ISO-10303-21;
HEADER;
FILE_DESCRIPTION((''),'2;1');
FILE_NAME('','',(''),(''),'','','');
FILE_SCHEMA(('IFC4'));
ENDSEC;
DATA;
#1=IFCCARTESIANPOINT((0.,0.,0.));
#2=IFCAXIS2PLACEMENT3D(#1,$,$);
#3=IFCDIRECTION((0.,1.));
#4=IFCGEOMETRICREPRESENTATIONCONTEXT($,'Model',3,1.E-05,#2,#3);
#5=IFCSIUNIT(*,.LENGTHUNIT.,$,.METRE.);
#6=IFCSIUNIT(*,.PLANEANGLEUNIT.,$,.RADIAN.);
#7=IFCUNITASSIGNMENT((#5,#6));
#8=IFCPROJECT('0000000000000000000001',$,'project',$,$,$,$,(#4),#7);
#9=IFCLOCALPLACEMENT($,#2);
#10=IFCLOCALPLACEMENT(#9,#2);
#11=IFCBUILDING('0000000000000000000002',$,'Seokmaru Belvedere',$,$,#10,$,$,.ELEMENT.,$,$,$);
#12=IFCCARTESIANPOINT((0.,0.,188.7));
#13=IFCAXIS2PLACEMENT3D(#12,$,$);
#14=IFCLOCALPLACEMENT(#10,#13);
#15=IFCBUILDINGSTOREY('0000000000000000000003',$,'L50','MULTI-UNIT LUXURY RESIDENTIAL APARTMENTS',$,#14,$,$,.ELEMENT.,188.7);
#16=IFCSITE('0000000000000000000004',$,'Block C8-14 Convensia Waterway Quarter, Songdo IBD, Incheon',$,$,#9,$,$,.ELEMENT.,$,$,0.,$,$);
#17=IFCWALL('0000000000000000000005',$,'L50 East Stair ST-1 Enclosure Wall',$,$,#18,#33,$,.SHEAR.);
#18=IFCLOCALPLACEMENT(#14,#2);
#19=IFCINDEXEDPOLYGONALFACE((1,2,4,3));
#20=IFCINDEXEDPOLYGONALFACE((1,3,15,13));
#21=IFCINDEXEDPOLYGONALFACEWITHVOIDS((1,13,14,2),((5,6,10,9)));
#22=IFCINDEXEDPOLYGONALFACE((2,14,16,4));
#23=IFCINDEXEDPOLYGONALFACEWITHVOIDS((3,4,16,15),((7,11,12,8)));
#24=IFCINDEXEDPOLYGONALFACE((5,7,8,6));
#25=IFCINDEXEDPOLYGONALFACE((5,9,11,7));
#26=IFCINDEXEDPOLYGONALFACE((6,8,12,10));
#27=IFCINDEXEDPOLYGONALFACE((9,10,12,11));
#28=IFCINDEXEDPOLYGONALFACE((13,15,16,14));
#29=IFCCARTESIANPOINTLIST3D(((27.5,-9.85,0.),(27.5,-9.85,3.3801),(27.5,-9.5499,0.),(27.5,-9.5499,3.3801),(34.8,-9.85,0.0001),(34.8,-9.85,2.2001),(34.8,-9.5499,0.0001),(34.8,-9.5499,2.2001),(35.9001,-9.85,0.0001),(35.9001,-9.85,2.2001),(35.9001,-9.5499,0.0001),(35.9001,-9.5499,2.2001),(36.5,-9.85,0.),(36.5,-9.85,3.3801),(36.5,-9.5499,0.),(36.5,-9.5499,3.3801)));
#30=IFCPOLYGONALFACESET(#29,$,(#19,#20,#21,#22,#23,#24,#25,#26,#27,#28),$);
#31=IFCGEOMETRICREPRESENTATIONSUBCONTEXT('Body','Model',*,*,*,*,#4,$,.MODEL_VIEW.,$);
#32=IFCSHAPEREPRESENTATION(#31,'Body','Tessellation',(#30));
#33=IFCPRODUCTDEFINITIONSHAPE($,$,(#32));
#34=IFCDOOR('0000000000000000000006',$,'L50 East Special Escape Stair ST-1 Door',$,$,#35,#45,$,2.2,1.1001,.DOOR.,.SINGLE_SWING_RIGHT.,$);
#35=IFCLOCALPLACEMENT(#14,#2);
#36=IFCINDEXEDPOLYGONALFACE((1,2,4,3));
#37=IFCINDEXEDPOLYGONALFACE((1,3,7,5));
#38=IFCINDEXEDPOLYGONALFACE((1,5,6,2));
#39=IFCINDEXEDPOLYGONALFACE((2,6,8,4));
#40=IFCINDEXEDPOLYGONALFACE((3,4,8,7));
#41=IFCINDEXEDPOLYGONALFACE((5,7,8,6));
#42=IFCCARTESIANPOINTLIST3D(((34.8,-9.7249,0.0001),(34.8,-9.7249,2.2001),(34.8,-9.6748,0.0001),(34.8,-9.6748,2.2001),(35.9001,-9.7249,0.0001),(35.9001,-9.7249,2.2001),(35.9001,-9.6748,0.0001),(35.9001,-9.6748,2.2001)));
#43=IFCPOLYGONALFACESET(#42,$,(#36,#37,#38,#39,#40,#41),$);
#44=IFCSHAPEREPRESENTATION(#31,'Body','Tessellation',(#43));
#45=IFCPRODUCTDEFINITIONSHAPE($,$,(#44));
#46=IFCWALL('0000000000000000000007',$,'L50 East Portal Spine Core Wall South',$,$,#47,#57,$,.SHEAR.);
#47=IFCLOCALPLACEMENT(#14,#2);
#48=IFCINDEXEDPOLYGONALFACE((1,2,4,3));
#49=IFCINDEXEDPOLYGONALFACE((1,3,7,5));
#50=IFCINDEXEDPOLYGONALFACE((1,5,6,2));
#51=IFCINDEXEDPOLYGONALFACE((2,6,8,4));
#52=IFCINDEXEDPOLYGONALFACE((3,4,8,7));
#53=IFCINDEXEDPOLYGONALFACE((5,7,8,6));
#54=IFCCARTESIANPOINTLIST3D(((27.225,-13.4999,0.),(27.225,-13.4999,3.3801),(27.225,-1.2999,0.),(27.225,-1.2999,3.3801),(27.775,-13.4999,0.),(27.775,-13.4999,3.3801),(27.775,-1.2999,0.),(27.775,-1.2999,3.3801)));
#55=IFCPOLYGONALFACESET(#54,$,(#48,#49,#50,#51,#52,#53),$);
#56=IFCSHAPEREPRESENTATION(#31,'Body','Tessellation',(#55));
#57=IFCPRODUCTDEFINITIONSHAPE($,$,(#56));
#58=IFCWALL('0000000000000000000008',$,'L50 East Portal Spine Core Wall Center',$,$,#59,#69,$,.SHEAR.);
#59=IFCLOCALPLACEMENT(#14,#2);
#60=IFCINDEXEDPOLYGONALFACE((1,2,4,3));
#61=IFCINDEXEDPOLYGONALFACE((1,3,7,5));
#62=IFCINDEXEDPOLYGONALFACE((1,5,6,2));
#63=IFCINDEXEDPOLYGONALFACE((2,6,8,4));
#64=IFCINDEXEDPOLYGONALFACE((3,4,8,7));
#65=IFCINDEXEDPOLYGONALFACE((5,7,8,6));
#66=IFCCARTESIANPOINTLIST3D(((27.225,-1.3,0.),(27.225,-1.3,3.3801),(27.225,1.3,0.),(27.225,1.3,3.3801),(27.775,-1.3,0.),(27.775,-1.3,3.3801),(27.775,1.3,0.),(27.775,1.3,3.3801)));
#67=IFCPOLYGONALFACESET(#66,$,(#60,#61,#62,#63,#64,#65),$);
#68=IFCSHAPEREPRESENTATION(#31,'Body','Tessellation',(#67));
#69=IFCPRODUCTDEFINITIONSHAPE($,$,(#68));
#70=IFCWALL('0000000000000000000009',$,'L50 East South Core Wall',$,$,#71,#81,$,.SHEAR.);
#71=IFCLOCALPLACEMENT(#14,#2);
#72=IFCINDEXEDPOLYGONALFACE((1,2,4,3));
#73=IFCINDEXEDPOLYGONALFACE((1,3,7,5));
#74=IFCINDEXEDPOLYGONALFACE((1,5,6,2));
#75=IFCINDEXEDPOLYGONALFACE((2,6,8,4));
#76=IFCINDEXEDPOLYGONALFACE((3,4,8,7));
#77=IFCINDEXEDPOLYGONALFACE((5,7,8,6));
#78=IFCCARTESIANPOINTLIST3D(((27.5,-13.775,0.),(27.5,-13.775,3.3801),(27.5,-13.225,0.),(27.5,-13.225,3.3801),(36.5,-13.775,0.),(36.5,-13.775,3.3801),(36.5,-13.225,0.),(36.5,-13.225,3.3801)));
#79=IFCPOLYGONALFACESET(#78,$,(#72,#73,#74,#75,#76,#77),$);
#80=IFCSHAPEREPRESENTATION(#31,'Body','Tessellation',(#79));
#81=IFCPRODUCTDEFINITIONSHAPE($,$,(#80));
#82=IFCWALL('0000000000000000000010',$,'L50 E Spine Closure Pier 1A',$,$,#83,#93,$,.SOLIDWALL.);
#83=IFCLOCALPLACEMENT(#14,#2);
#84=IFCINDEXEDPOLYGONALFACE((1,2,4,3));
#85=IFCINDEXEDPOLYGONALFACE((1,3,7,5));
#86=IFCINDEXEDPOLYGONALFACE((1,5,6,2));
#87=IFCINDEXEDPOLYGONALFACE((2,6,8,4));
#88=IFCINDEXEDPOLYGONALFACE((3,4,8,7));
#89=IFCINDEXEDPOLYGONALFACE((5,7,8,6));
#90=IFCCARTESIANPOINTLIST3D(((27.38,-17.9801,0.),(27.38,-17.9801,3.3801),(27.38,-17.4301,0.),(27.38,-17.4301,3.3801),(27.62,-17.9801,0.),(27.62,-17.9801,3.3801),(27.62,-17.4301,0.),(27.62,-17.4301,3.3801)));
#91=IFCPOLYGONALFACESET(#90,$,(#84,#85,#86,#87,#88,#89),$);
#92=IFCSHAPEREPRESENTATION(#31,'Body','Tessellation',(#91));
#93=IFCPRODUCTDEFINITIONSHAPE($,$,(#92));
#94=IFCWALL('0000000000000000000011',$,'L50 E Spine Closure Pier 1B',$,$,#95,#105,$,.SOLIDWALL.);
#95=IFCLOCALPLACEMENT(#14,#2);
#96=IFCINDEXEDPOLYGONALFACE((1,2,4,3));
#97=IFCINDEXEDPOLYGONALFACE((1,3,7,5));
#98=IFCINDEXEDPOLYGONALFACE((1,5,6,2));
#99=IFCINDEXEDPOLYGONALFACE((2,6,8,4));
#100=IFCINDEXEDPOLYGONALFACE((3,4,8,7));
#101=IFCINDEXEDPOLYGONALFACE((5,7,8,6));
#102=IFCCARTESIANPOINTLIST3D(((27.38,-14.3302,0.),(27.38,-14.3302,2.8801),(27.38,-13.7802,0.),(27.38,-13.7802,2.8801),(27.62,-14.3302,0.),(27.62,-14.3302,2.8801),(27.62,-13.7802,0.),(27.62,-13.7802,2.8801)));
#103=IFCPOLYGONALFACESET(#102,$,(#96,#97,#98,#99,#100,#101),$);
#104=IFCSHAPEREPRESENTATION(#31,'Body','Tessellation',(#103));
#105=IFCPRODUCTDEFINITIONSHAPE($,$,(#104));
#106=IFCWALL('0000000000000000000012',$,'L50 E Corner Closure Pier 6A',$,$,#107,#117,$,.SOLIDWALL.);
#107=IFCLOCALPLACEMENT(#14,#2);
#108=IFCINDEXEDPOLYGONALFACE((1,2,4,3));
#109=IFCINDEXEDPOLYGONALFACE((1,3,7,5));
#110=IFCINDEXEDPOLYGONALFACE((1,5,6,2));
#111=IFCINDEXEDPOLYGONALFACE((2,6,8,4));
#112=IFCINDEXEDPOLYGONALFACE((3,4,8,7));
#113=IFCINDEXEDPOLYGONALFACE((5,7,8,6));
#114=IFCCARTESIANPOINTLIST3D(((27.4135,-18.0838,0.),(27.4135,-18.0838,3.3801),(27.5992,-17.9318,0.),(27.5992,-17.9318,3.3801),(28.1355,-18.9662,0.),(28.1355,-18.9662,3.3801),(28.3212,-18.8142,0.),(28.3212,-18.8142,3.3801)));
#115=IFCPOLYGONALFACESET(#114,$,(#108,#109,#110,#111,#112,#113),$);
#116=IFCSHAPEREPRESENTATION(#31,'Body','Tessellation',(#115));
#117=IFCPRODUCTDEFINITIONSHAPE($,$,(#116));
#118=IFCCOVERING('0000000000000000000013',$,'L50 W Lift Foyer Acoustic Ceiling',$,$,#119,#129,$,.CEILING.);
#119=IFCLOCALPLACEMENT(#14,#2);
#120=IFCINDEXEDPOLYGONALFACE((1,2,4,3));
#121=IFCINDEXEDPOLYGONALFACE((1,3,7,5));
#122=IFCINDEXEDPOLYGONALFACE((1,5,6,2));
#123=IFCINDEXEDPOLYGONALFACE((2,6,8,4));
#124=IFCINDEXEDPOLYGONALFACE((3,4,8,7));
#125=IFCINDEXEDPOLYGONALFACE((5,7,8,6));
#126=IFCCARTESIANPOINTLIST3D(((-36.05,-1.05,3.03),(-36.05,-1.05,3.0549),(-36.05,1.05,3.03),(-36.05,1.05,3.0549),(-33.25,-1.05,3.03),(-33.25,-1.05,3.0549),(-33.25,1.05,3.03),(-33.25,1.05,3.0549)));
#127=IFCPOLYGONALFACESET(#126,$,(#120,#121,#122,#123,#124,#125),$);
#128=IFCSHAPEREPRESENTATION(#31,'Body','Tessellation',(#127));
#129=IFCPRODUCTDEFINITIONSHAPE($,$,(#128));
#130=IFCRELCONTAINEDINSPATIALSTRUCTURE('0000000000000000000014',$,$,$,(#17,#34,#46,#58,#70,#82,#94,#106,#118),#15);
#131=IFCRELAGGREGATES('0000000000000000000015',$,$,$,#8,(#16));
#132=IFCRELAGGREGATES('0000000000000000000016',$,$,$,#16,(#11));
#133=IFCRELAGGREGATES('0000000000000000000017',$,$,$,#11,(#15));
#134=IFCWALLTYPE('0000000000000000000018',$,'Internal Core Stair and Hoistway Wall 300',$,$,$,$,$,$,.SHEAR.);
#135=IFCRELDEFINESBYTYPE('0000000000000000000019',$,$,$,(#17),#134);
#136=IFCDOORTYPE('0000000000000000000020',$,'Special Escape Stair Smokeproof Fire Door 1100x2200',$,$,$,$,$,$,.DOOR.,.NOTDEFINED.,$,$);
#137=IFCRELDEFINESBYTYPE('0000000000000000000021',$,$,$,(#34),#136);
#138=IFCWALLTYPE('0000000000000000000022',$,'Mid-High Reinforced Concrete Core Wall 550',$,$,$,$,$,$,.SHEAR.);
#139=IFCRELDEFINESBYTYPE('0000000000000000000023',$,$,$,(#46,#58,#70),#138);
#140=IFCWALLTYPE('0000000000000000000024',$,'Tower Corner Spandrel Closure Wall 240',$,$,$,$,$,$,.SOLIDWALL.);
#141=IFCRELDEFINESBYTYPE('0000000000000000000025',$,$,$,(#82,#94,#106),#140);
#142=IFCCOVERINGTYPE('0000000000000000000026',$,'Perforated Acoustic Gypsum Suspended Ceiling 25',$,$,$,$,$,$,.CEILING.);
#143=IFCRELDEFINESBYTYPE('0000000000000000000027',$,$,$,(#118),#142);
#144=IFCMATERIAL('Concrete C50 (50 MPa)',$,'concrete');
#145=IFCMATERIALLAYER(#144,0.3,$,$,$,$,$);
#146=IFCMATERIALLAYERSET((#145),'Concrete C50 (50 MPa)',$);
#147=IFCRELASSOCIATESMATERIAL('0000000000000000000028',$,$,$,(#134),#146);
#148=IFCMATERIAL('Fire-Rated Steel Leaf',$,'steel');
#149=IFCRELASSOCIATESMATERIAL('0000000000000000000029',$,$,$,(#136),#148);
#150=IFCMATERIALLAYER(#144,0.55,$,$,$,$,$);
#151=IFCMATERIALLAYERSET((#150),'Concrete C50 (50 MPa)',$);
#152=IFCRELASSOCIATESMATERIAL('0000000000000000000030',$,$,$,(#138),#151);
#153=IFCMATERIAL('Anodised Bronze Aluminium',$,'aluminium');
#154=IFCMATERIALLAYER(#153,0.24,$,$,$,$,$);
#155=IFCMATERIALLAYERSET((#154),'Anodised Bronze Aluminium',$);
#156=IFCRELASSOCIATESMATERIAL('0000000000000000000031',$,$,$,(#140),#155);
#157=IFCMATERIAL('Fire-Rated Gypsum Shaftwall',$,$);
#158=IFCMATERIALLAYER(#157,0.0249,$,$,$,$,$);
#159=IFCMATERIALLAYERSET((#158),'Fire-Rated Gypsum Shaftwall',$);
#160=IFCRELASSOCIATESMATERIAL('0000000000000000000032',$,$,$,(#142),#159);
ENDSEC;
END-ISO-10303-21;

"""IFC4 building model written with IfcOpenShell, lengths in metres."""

from ifc_helpers import new_model, si_unit, direction, frame, frame_2d, origin, place, context, subcontext, project, spatial, polyline, rectangle, outline, extrude, source, transform, mapped, material, layer, layer_set, type_object, type_shapes, element, fill, save


model = new_model("IFC4")

# Units and contexts
model_context = context("Model", 3, precision=1e-05, world=origin(), true_north=direction((0.0, 1.0)))
body_context = subcontext(model_context, "Body", "Model", "MODEL_VIEW")
ifc_project = project(units=[si_unit("LENGTHUNIT", "METRE"), si_unit("PLANEANGLEUNIT", "RADIAN")], contexts=[model_context])

# Site, building, storey
site_placement = place(None, origin())
site = spatial("IfcSite", under=ifc_project, at=site_placement, Name="Block C8-14 Convensia Waterway Quarter, Songdo IBD, Incheon", CompositionType="ELEMENT", RefElevation=0.0)
building_placement = place(site_placement, origin())
building = spatial("IfcBuilding", under=site, at=building_placement, Name="Seokmaru Belvedere", CompositionType="ELEMENT")
storey_placement = place(building_placement, frame((0.0, 0.0, 188.7)))
storey = spatial("IfcBuildingStorey", under=building, at=storey_placement, Name="L50", Description="MULTI-UNIT LUXURY RESIDENTIAL APARTMENTS", CompositionType="ELEMENT", Elevation=188.7)

# Shared definitions
ifc_material_1 = material(Name="Anodised Bronze Aluminium", Category="aluminium")

# Shared definitions
ifc_material_2 = material(Name="Fire-Rated Gypsum Shaftwall")
ifc_material_3 = material(Name="Fire-Rated Steel Leaf", Category="steel")

# Shared definitions
ifc_material_4 = material(Name="Concrete C50 (50 MPa)", Category="concrete")

# Wall, opening, door
ifc_layer_1 = layer(ifc_material_4, 0.3)
ifc_layer_set_1 = layer_set([ifc_layer_1], Name="Concrete C50 (50 MPa)")
wall_type_1 = type_object("IfcWallType", Name="Internal Core Stair and Hoistway Wall 300", PredefinedType="SHEAR", material=ifc_layer_set_1)
wall_1_placement = place(storey_placement, frame((27.5, -9.7, 0.0), z_axis=(0.0, 0.0, 1.0), x_axis=(1.0, 0.0, 0.0)))
wall_1 = element("IfcWall", 1, at=wall_1_placement, inside=storey, type_object=wall_type_1, Name="L50 East Stair ST-1 Enclosure Wall", PredefinedType="SHEAR", context=body_context, shape_type="SweptSolid", body=[
    extrude(rectangle(XDim=9.0, YDim=0.3, at=frame_2d((4.5, 0.0))), origin(), (0.0, 0.0, 1.0), 3.3801),
])
opening_1_placement = place(wall_1_placement, frame((7.3, 0.0, 0.0)))
opening_1 = element("IfcOpeningElement", 2, at=opening_1_placement, cuts=wall_1, PredefinedType="OPENING", context=body_context, shape_type="SweptSolid", body=[
    extrude(rectangle(XDim=1.1001, YDim=2.2, at=frame_2d((0.55, 1.1001))), frame((0.0, 0.1602, 0.0), z_axis=(0.0, -1.0, 0.0), x_axis=(1.0, 0.0, 0.0)), (0.0, 0.0, 1.0), 0.3201),
])
door_type_1 = type_object("IfcDoorType", Name="Special Escape Stair Smokeproof Fire Door 1100x2200", OperationType="NOTDEFINED", PredefinedType="DOOR", material=ifc_material_3)
shared_shape_1 = source(origin(), body_context, "Body", "SweptSolid", [
    extrude(rectangle(XDim=1.1001, YDim=2.2, at=frame_2d((0.55, 1.1001))), frame((0.0, 0.0249, 0.0), z_axis=(0.0, -1.0, 0.0), x_axis=(1.0, 0.0, 0.0)), (0.0, 0.0, 1.0), 0.05),
])
type_shapes(door_type_1, [shared_shape_1])
door_1_placement = place(opening_1_placement, frame((1.1001, 0.0, 0.0), z_axis=(0.0, 0.0, 1.0), x_axis=(-1.0, 0.0, 0.0)))
door_1 = element("IfcDoor", 3, at=door_1_placement, inside=storey, type_object=door_type_1, Name="L50 East Special Escape Stair ST-1 Door", OperationType="SINGLE_SWING_RIGHT", OverallHeight=2.2, OverallWidth=1.1001, PredefinedType="DOOR", context=body_context, shape_type="MappedRepresentation", body=[
    mapped(shared_shape_1, transform((0.0, 0.0, 0.0), scale=1.0)),
])
fill(opening_1, door_1)

# Walls
ifc_layer_2 = layer(ifc_material_4, 0.55)
ifc_layer_set_2 = layer_set([ifc_layer_2], Name="Concrete C50 (50 MPa)")
wall_type_2 = type_object("IfcWallType", Name="Mid-High Reinforced Concrete Core Wall 550", PredefinedType="SHEAR", material=ifc_layer_set_2)
wall_2_placement = place(storey_placement, frame((27.5, -13.5, 0.0), z_axis=(0.0, 0.0, 1.0), x_axis=(0.0, 1.0, 0.0)))
element("IfcWall", 4, at=wall_2_placement, inside=storey, type_object=wall_type_2, Name="L50 East Portal Spine Core Wall South", PredefinedType="SHEAR", context=body_context, shape_type="SweptSolid", body=[
    extrude(rectangle(XDim=12.2, YDim=0.55, at=frame_2d((6.1001, 0.0))), origin(), (0.0, 0.0, 1.0), 3.3801),
])
wall_3_placement = place(storey_placement, frame((27.5, -1.3, 0.0), z_axis=(0.0, 0.0, 1.0), x_axis=(0.0, 1.0, 0.0)))
element("IfcWall", 5, at=wall_3_placement, inside=storey, type_object=wall_type_2, Name="L50 East Portal Spine Core Wall Center", PredefinedType="SHEAR", context=body_context, shape_type="SweptSolid", body=[
    extrude(rectangle(XDim=2.6001, YDim=0.55, at=frame_2d((1.3, 0.0))), origin(), (0.0, 0.0, 1.0), 3.3801),
])
wall_4_placement = place(storey_placement, frame((27.5, -13.5, 0.0), z_axis=(0.0, 0.0, 1.0), x_axis=(1.0, 0.0, 0.0)))
element("IfcWall", 6, at=wall_4_placement, inside=storey, type_object=wall_type_2, Name="L50 East South Core Wall", PredefinedType="SHEAR", context=body_context, shape_type="SweptSolid", body=[
    extrude(rectangle(XDim=9.0, YDim=0.55, at=frame_2d((4.5, 0.0))), origin(), (0.0, 0.0, 1.0), 3.3801),
])
ifc_layer_3 = layer(ifc_material_1, 0.24)
ifc_layer_set_3 = layer_set([ifc_layer_3], Name="Anodised Bronze Aluminium")
wall_type_3 = type_object("IfcWallType", Name="Tower Corner Spandrel Closure Wall 240", PredefinedType="SOLIDWALL", material=ifc_layer_set_3)
wall_5_placement = place(storey_placement, frame((27.5, -17.98, 0.0), z_axis=(0.0, 0.0, 1.0), x_axis=(0.0, 1.0, 0.0)))
element("IfcWall", 7, at=wall_5_placement, inside=storey, type_object=wall_type_3, Name="L50 E Spine Closure Pier 1A", PredefinedType="SOLIDWALL", context=body_context, shape_type="SweptSolid", body=[
    extrude(rectangle(XDim=0.55, YDim=0.24, at=frame_2d((0.2749, 0.0))), origin(), (0.0, 0.0, 1.0), 3.3801),
])
wall_6_placement = place(storey_placement, frame((27.5, -14.3301, 0.0), z_axis=(0.0, 0.0, 1.0), x_axis=(0.0, 1.0, 0.0)))
element("IfcWall", 8, at=wall_6_placement, inside=storey, type_object=wall_type_3, Name="L50 E Spine Closure Pier 1B", PredefinedType="SOLIDWALL", context=body_context, shape_type="SweptSolid", body=[
    extrude(rectangle(XDim=0.55, YDim=0.24, at=frame_2d((0.2749, 0.0))), origin(), (0.0, 0.0, 1.0), 2.8801),
])
wall_7_placement = place(storey_placement, frame((27.5063, -18.0078, 0.0), z_axis=(0.0, 0.0, 1.0), x_axis=(0.633249, -0.773948, 0.0)))
element("IfcWall", 9, at=wall_7_placement, inside=storey, type_object=wall_type_3, Name="L50 E Corner Closure Pier 6A", PredefinedType="SOLIDWALL", context=body_context, shape_type="SweptSolid", body=[
    extrude(rectangle(XDim=1.1401, YDim=0.24, at=frame_2d((0.5701, 0.0))), origin(), (0.0, 0.0, 1.0), 3.3801),
])

# Covering
ifc_layer_4 = layer(ifc_material_2, 0.0249)
ifc_layer_set_4 = layer_set([ifc_layer_4], Name="Fire-Rated Gypsum Shaftwall")
covering_type = type_object("IfcCoveringType", Name="Perforated Acoustic Gypsum Suspended Ceiling 25", PredefinedType="CEILING", material=ifc_layer_set_4)
covering_placement = place(storey_placement, frame((0.0, 0.0, 3.03)))
element("IfcCovering", 10, at=covering_placement, inside=storey, type_object=covering_type, Name="L50 W Lift Foyer Acoustic Ceiling", PredefinedType="CEILING", context=body_context, shape_type="SweptSolid", body=[
    extrude(outline(polyline([(-36.05, -1.05), (-33.25, -1.05), (-33.25, 1.05), (-36.05, 1.05), (-36.05, -1.05)])), origin(), (0.0, 0.0, 1.0), 0.0249),
])

save(model, "model.ifc")
